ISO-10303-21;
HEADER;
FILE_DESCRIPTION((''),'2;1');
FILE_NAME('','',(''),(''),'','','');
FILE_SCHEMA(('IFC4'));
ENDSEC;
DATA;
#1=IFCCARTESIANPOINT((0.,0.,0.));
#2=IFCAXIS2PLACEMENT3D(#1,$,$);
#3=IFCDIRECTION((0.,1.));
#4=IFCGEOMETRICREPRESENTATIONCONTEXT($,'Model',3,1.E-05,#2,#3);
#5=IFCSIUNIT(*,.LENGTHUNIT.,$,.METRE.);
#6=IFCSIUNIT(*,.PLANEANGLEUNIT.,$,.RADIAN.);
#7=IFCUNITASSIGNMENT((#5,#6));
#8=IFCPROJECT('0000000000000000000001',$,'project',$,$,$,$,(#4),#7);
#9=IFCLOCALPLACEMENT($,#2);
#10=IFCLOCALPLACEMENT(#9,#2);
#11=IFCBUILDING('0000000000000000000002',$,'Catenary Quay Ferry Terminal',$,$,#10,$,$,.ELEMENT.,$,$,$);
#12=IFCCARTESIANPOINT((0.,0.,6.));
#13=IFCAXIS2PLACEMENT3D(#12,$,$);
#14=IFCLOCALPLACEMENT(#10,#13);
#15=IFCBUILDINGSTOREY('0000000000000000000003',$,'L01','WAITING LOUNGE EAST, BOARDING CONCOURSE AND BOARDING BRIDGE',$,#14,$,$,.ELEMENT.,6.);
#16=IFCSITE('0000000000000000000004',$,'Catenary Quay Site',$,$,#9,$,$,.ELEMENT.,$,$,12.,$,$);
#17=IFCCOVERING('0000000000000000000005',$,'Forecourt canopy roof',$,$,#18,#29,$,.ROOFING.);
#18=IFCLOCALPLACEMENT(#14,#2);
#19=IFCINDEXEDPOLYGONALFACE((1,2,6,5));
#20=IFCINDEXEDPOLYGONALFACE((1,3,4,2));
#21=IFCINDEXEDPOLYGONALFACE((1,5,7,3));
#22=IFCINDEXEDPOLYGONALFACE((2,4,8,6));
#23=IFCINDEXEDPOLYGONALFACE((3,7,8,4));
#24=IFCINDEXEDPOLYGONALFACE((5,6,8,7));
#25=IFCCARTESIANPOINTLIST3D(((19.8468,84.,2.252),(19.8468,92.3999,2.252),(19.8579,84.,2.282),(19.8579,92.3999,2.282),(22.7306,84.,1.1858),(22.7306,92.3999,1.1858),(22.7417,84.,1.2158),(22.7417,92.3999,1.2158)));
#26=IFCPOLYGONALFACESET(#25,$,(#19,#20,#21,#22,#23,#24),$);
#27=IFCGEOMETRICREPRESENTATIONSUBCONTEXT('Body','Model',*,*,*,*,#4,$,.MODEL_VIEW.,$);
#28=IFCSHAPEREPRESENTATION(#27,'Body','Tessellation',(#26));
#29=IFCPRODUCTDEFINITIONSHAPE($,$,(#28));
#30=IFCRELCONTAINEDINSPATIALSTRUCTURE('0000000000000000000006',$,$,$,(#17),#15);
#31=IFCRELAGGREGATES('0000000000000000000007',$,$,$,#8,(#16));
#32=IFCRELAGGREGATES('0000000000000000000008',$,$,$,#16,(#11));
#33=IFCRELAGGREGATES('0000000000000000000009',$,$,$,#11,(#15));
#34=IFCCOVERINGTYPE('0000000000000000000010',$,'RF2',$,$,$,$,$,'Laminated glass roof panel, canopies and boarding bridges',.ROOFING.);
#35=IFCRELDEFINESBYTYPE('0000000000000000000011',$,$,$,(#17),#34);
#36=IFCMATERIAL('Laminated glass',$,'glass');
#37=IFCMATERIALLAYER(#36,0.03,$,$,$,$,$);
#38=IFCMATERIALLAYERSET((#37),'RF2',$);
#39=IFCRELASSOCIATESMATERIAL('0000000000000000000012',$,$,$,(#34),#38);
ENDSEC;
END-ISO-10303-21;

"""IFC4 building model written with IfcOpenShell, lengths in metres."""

from ifc_helpers import new_model, si_unit, direction, frame, origin, place, context, subcontext, project, spatial, polyline, outline, extrude, material, layer, layer_set, type_object, element, save


model = new_model("IFC4")

# Units and contexts
model_context = context("Model", 3, precision=1e-05, world=origin(), true_north=direction((0.0, 1.0)))
body_context = subcontext(model_context, "Body", "Model", "MODEL_VIEW")
ifc_project = project(units=[si_unit("LENGTHUNIT", "METRE"), si_unit("PLANEANGLEUNIT", "RADIAN")], contexts=[model_context])

# Site, building, storey
site_placement = place(None, origin())
site = spatial("IfcSite", under=ifc_project, at=site_placement, Name="Catenary Quay Site", CompositionType="ELEMENT", RefElevation=12.0)
building_placement = place(site_placement, origin())
building = spatial("IfcBuilding", under=site, at=building_placement, Name="Catenary Quay Ferry Terminal", CompositionType="ELEMENT")
storey_placement = place(building_placement, frame((0.0, 0.0, 6.0)))
storey = spatial("IfcBuildingStorey", under=building, at=storey_placement, Name="L01", Description="WAITING LOUNGE EAST, BOARDING CONCOURSE AND BOARDING BRIDGE", CompositionType="ELEMENT", Elevation=6.0)

# Covering
ifc_material_1 = material(Name="Laminated glass", Category="glass")
ifc_layer_1 = layer(ifc_material_1, 0.03)
ifc_layer_set_1 = layer_set([ifc_layer_1], Name="RF2")
covering_type = type_object("IfcCoveringType", Name="RF2", ElementType="Laminated glass roof panel, canopies and boarding bridges", PredefinedType="ROOFING", material=ifc_layer_set_1)
covering_1_placement = place(storey_placement, frame((19.8579, 84.0, 2.282), z_axis=(0.346769, 0.0, 0.937951), x_axis=(0.0, 1.0, 0.0)))
element("IfcCovering", 1, at=covering_1_placement, inside=storey, type_object=covering_type, Name="Forecourt canopy roof", PredefinedType="ROOFING", context=body_context, shape_type="SweptSolid", body=[
    extrude(outline(polyline([(0.0, 0.0), (8.3999, 0.0), (8.3999, -3.0746), (0.0, -3.0746), (0.0, 0.0)])), origin(), (0.0, 0.0, -1.0), 0.032),
])

save(model, "model.ifc")
